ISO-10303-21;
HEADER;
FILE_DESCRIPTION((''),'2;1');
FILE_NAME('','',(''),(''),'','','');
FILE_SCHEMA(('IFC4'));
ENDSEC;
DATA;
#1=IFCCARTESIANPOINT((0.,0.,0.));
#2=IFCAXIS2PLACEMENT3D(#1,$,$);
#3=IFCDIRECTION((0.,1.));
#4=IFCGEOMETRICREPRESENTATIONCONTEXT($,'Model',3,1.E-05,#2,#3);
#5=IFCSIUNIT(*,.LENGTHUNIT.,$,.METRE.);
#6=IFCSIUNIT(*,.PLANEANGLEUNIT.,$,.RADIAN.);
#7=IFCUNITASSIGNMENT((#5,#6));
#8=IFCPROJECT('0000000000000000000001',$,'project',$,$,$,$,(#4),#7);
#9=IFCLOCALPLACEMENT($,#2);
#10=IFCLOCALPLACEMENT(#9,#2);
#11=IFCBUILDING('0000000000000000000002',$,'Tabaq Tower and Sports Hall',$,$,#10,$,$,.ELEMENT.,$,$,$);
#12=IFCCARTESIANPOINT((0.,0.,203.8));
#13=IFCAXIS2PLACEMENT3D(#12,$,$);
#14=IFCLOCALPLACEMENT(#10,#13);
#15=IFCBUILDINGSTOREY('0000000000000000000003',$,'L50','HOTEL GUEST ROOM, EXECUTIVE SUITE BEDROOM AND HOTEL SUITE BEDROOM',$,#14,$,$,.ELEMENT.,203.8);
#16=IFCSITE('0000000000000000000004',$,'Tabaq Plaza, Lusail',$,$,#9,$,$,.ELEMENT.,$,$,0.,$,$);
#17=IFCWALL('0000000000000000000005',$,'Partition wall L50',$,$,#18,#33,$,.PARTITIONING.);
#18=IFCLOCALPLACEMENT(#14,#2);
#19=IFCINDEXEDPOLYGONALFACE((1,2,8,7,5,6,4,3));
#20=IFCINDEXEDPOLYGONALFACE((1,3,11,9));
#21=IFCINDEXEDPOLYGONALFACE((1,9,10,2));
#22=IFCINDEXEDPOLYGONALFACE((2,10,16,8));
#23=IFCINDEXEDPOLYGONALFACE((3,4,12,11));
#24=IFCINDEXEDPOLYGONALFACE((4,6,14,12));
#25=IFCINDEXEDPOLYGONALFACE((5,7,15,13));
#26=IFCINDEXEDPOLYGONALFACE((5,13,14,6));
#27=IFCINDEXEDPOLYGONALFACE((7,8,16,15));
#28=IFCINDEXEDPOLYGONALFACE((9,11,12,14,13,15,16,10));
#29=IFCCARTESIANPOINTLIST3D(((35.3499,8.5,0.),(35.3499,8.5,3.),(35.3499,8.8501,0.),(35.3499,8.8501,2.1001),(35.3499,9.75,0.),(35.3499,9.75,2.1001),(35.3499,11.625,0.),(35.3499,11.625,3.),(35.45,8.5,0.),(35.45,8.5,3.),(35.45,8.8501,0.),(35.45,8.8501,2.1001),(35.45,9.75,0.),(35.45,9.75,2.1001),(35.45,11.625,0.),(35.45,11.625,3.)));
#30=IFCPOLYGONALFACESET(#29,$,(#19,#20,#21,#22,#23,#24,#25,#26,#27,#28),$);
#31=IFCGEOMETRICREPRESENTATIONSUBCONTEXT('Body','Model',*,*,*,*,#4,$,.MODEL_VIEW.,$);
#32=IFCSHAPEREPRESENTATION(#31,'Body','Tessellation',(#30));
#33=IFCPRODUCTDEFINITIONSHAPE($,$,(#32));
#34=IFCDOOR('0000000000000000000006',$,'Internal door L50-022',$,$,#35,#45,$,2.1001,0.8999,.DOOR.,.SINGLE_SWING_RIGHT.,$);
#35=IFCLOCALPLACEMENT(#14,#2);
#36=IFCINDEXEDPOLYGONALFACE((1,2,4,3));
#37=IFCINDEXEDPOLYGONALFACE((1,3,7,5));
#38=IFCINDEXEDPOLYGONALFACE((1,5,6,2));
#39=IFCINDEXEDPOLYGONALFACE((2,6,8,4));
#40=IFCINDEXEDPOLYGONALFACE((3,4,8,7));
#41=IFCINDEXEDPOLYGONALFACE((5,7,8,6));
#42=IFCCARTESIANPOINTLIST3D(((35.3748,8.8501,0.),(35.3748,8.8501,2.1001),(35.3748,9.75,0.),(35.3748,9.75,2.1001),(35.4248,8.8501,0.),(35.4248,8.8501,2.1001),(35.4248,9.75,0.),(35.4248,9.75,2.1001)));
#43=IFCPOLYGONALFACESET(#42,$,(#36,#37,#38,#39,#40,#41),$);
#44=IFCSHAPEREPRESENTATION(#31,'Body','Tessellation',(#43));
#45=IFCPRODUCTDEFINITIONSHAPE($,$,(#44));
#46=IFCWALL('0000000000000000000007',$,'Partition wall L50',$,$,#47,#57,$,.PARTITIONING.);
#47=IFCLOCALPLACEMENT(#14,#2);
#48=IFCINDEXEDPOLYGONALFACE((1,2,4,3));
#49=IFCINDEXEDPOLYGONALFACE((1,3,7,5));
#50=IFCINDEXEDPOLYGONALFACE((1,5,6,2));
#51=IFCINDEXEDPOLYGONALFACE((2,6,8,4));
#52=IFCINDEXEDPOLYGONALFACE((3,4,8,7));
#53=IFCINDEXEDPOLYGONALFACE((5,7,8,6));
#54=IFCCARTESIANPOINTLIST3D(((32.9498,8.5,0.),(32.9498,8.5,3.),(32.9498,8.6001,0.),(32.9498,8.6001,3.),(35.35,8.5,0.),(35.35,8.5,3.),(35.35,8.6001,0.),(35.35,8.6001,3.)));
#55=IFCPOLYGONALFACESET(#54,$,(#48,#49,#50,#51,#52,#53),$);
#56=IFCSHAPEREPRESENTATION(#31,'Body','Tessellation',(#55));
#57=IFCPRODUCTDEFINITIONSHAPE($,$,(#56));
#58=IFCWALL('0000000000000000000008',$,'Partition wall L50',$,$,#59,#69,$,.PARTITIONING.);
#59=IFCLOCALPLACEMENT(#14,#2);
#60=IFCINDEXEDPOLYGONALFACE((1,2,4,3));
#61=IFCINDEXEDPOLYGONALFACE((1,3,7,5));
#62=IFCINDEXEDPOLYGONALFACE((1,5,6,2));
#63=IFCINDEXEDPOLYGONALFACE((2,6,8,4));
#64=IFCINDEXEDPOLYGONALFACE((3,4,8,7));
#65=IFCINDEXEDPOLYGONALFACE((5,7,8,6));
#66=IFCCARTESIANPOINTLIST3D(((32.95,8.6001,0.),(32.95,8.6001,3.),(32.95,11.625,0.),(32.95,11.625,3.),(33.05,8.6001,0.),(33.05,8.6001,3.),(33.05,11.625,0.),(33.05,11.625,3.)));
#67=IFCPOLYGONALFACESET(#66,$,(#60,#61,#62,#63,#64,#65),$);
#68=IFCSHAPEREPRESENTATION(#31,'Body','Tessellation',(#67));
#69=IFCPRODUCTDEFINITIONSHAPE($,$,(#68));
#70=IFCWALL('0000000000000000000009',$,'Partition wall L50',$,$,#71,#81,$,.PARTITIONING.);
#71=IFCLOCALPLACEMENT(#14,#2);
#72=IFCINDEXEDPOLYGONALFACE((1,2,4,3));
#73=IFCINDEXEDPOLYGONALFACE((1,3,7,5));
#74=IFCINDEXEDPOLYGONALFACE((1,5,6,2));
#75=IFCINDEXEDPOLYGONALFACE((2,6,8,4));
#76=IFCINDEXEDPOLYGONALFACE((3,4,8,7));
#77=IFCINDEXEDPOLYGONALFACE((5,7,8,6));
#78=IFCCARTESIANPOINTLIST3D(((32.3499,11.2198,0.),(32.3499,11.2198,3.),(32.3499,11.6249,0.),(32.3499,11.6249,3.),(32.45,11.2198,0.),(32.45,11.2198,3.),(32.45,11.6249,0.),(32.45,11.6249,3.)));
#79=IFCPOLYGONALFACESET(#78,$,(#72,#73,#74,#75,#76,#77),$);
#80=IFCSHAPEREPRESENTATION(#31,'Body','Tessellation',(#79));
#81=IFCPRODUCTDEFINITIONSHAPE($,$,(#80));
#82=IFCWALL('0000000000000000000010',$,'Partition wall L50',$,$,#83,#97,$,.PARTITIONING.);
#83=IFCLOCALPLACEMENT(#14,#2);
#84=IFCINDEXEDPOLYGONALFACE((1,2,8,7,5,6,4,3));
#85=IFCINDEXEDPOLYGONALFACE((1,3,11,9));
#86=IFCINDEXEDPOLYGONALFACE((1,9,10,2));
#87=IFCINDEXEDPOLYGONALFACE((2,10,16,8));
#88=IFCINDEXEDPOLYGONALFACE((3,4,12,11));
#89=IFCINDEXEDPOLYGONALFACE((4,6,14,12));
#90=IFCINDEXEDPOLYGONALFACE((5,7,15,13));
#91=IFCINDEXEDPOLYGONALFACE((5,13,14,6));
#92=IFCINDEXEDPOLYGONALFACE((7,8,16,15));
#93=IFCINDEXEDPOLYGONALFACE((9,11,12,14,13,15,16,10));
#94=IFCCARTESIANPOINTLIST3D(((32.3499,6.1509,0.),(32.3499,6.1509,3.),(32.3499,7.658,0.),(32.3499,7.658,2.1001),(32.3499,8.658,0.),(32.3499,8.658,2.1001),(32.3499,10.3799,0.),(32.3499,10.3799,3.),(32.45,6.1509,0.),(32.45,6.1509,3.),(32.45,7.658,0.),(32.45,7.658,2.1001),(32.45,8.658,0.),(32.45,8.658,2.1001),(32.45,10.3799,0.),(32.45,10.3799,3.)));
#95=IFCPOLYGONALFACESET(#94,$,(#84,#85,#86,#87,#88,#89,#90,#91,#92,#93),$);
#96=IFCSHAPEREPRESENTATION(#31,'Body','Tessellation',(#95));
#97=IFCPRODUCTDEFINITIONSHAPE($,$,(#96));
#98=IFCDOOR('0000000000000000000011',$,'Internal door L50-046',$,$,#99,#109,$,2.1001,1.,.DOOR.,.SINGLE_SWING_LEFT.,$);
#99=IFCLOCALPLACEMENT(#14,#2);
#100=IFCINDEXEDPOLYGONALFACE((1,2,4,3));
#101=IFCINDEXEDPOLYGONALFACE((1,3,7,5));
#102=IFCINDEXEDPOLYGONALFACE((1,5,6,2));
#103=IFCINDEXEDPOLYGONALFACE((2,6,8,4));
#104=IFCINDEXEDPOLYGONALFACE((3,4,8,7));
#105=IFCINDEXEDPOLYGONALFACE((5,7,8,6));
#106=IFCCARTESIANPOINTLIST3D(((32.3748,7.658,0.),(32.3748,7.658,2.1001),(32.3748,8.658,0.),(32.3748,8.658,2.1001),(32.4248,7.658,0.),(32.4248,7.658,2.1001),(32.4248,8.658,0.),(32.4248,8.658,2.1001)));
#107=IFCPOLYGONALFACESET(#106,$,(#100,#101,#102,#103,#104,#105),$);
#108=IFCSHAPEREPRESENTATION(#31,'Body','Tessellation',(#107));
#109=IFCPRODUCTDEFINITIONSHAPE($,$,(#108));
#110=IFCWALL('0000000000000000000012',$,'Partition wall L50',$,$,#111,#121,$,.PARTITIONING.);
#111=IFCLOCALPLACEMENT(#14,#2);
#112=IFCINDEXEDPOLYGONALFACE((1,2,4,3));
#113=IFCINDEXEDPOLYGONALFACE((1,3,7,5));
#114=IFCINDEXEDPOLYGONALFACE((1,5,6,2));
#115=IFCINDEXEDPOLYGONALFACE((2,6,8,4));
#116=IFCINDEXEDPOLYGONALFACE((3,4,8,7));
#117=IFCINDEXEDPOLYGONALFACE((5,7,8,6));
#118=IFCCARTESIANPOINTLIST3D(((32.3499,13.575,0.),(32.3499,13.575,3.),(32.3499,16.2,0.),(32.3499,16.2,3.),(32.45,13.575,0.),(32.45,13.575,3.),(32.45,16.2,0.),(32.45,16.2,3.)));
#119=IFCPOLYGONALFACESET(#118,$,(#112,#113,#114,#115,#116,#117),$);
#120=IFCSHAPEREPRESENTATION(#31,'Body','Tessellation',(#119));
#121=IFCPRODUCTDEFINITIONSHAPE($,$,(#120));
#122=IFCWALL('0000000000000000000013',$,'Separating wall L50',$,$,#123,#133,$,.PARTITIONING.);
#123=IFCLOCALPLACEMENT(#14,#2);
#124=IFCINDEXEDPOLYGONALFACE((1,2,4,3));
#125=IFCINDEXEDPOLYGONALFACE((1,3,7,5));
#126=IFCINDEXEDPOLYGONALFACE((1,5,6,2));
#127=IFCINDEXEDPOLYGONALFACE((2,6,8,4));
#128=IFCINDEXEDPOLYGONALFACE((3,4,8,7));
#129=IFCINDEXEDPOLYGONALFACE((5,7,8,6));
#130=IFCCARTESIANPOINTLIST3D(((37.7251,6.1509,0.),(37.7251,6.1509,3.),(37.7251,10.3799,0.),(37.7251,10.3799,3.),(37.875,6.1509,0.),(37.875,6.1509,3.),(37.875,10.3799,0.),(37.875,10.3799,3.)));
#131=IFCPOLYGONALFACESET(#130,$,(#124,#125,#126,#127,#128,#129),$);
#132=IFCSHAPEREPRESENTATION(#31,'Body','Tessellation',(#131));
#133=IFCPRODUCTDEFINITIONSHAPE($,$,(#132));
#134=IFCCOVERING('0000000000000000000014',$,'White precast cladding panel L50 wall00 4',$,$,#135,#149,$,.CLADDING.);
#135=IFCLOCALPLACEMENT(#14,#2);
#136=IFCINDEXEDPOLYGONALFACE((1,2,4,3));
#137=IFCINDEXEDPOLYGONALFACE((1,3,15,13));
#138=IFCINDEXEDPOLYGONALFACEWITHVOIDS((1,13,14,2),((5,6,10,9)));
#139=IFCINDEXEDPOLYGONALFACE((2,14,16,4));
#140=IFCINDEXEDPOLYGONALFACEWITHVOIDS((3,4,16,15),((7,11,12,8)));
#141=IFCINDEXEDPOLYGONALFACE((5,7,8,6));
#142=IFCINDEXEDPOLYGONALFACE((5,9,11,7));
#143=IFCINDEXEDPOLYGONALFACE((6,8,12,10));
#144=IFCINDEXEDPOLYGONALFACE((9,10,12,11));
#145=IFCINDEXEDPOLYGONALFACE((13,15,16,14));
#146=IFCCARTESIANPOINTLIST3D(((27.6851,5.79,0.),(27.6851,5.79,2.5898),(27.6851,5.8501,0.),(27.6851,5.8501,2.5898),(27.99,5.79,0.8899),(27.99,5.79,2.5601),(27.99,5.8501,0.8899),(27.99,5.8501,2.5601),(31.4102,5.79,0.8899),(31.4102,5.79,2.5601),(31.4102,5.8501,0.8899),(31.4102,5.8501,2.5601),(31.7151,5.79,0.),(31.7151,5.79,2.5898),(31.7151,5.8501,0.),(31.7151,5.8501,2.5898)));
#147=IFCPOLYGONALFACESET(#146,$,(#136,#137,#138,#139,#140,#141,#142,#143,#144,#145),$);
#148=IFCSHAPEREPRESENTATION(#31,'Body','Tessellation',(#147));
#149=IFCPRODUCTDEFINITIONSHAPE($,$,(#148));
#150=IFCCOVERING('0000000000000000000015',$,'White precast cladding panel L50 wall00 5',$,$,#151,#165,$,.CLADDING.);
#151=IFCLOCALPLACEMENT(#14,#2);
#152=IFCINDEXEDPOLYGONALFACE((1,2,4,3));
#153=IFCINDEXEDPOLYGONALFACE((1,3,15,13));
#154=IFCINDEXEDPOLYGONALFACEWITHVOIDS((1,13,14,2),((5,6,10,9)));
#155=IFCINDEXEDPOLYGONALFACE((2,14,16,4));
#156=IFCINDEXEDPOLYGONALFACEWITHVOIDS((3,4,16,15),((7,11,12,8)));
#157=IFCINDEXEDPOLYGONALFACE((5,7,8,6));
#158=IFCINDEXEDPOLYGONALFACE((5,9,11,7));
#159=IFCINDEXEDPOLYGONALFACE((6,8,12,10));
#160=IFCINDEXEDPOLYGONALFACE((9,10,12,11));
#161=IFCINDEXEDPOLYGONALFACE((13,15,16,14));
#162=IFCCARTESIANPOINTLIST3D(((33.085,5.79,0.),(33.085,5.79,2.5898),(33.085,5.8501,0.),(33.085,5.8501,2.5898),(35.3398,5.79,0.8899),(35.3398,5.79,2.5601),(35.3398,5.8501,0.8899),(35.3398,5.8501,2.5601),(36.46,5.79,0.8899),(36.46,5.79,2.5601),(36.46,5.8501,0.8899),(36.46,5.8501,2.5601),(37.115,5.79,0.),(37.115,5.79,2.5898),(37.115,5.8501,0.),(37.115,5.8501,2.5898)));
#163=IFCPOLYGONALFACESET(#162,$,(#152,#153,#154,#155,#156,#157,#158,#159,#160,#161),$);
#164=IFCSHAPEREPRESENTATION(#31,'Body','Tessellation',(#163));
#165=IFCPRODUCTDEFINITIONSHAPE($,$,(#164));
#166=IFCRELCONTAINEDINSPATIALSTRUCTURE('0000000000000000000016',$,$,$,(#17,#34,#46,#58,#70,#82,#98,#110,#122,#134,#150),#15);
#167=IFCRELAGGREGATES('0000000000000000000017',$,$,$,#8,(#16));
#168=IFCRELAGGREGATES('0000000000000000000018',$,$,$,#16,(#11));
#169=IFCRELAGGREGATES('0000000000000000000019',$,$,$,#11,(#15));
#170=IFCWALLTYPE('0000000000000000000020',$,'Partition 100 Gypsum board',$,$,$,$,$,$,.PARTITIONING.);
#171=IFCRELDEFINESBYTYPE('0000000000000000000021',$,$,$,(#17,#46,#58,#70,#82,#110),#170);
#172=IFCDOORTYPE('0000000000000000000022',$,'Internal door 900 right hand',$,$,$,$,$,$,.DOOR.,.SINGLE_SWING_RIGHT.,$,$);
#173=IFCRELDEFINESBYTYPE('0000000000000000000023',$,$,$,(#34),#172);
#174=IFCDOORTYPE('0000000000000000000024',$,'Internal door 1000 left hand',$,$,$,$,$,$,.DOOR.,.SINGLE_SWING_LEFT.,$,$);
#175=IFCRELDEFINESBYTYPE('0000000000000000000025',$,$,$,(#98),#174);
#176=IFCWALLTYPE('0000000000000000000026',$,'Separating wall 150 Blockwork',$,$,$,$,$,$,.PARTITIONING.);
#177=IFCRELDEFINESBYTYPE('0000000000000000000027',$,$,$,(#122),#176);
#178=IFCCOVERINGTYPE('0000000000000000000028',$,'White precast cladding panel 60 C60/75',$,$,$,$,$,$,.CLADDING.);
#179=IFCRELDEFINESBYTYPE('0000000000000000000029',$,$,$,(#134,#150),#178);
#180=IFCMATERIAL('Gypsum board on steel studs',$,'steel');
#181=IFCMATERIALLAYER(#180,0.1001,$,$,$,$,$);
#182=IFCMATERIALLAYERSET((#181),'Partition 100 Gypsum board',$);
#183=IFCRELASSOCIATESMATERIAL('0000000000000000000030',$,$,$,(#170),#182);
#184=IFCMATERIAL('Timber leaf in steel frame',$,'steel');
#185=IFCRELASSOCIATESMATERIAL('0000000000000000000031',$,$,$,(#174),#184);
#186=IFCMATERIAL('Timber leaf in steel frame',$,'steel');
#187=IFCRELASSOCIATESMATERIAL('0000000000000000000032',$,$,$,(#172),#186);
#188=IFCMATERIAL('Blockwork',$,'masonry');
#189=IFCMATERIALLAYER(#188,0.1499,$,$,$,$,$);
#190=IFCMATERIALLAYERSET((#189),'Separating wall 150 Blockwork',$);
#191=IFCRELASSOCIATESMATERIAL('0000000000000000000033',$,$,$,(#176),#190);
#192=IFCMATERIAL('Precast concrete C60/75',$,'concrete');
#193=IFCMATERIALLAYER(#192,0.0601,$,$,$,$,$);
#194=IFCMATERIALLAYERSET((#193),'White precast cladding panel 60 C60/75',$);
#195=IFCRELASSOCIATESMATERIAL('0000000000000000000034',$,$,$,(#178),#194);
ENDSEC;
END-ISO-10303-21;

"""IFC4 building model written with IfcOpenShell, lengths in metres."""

from ifc_helpers import new_model, si_unit, direction, frame, frame_2d, origin, place, context, subcontext, project, spatial, polyline, rectangle, outline, extrude, material, layer, layer_set, type_object, element, fill, save


model = new_model("IFC4")

# Units and contexts
model_context = context("Model", 3, precision=1e-05, world=origin(), true_north=direction((0.0, 1.0)))
body_context = subcontext(model_context, "Body", "Model", "MODEL_VIEW")
ifc_project = project(units=[si_unit("LENGTHUNIT", "METRE"), si_unit("PLANEANGLEUNIT", "RADIAN")], contexts=[model_context])

# Site, building, storey
site_placement = place(None, origin())
site = spatial("IfcSite", under=ifc_project, at=site_placement, Name="Tabaq Plaza, Lusail", CompositionType="ELEMENT", RefElevation=0.0)
building_placement = place(site_placement, origin())
building = spatial("IfcBuilding", under=site, at=building_placement, Name="Tabaq Tower and Sports Hall", CompositionType="ELEMENT")
storey_placement = place(building_placement, frame((0.0, 0.0, 203.8)))
storey = spatial("IfcBuildingStorey", under=building, at=storey_placement, Name="L50", Description="HOTEL GUEST ROOM, EXECUTIVE SUITE BEDROOM AND HOTEL SUITE BEDROOM", CompositionType="ELEMENT", Elevation=203.8)

# Shared definitions
ifc_material_1 = material(Name="Gypsum board on steel studs", Category="steel")
ifc_layer_1 = layer(ifc_material_1, 0.1001)
ifc_layer_set_1 = layer_set([ifc_layer_1], Name="Partition 100 Gypsum board")
wall_type_1 = type_object("IfcWallType", Name="Partition 100 Gypsum board", PredefinedType="PARTITIONING", material=ifc_layer_set_1)
ifc_material_2 = material(Name="Timber leaf in steel frame", Category="steel")
door_type_1 = type_object("IfcDoorType", Name="Internal door 1000 left hand", OperationType="SINGLE_SWING_LEFT", PredefinedType="DOOR", material=ifc_material_2)

# Wall, opening, door
wall_1_placement = place(storey_placement, frame((35.3999, 11.625, 0.0), z_axis=(0.0, 0.0, 1.0), x_axis=(0.0, -1.0, 0.0)))
wall_1 = element("IfcWall", 1, at=wall_1_placement, inside=storey, type_object=wall_type_1, Name="Partition wall L50", PredefinedType="PARTITIONING", context=body_context, shape_type="SweptSolid", body=[
    extrude(rectangle(XDim=3.125, YDim=0.1001, at=frame_2d((1.5625, 0.0))), origin(), (0.0, 0.0, 1.0), 3.0),
])
opening_1_placement = place(wall_1_placement, frame((1.875, 0.0, 0.0)))
opening_1 = element("IfcOpeningElement", 2, at=opening_1_placement, cuts=wall_1, PredefinedType="OPENING", context=body_context, shape_type="SweptSolid", body=[
    extrude(rectangle(XDim=0.8999, YDim=2.1001, at=frame_2d((0.45, 1.05))), frame((0.0, 0.05, 0.0), z_axis=(0.0, -1.0, 0.0), x_axis=(1.0, 0.0, 0.0)), (0.0, 0.0, 1.0), 0.1001),
])
ifc_material_3 = material(Name="Timber leaf in steel frame", Category="steel")
door_type_2 = type_object("IfcDoorType", Name="Internal door 900 right hand", OperationType="SINGLE_SWING_RIGHT", PredefinedType="DOOR", material=ifc_material_3)
door_1_placement = place(opening_1_placement, origin())
door_1 = element("IfcDoor", 3, at=door_1_placement, inside=storey, type_object=door_type_2, Name="Internal door L50-022", OperationType="SINGLE_SWING_RIGHT", OverallHeight=2.1001, OverallWidth=0.8999, PredefinedType="DOOR", context=body_context, shape_type="SweptSolid", body=[
    extrude(rectangle(XDim=0.8999, YDim=2.1001, at=frame_2d((0.45, 1.05))), frame((0.0, 0.0249, 0.0), z_axis=(0.0, -1.0, 0.0), x_axis=(1.0, 0.0, 0.0)), (0.0, 0.0, 1.0), 0.05),
])
fill(opening_1, door_1)

# Walls
wall_2_placement = place(storey_placement, frame((35.3501, 8.55, 0.0), z_axis=(0.0, 0.0, 1.0), x_axis=(-1.0, 0.0, 0.0)))
element("IfcWall", 4, at=wall_2_placement, inside=storey, type_object=wall_type_1, Name="Partition wall L50", PredefinedType="PARTITIONING", context=body_context, shape_type="SweptSolid", body=[
    extrude(rectangle(XDim=2.4001, YDim=0.1001, at=frame_2d((1.2002, 0.0))), origin(), (0.0, 0.0, 1.0), 3.0),
])
wall_3_placement = place(storey_placement, frame((33.0, 8.6001, 0.0), z_axis=(0.0, 0.0, 1.0), x_axis=(0.0, 1.0, 0.0)))
element("IfcWall", 5, at=wall_3_placement, inside=storey, type_object=wall_type_1, Name="Partition wall L50", PredefinedType="PARTITIONING", context=body_context, shape_type="SweptSolid", body=[
    extrude(rectangle(XDim=3.0249, YDim=0.1001, at=frame_2d((1.5125, 0.0))), origin(), (0.0, 0.0, 1.0), 3.0),
])
wall_4_placement = place(storey_placement, frame((32.3999, 11.625, 0.0), z_axis=(0.0, 0.0, 1.0), x_axis=(0.0, -1.0, 0.0)))
element("IfcWall", 6, at=wall_4_placement, inside=storey, type_object=wall_type_1, Name="Partition wall L50", PredefinedType="PARTITIONING", context=body_context, shape_type="SweptSolid", body=[
    extrude(rectangle(XDim=0.405, YDim=0.1001, at=frame_2d((0.2026, 0.0))), origin(), (0.0, 0.0, 1.0), 3.0),
])

# Wall, opening, door
wall_5_placement = place(storey_placement, frame((32.3999, 10.3799, 0.0), z_axis=(0.0, 0.0, 1.0), x_axis=(0.0, -1.0, 0.0)))
wall_5 = element("IfcWall", 7, at=wall_5_placement, inside=storey, type_object=wall_type_1, Name="Partition wall L50", PredefinedType="PARTITIONING", context=body_context, shape_type="SweptSolid", body=[
    extrude(rectangle(XDim=4.229, YDim=0.1001, at=frame_2d((2.1145, 0.0))), origin(), (0.0, 0.0, 1.0), 3.0),
])
opening_2_placement = place(wall_5_placement, frame((1.7219, 0.0, 0.0)))
opening_2 = element("IfcOpeningElement", 8, at=opening_2_placement, cuts=wall_5, PredefinedType="OPENING", context=body_context, shape_type="SweptSolid", body=[
    extrude(rectangle(XDim=1.0, YDim=2.1001, at=frame_2d((0.5, 1.05))), frame((0.0, 0.05, 0.0), z_axis=(0.0, -1.0, 0.0), x_axis=(1.0, 0.0, 0.0)), (0.0, 0.0, 1.0), 0.1001),
])
door_2_placement = place(opening_2_placement, origin())
door_2 = element("IfcDoor", 9, at=door_2_placement, inside=storey, type_object=door_type_1, Name="Internal door L50-046", OperationType="SINGLE_SWING_LEFT", OverallHeight=2.1001, OverallWidth=1.0, PredefinedType="DOOR", context=body_context, shape_type="SweptSolid", body=[
    extrude(rectangle(XDim=1.0, YDim=2.1001, at=frame_2d((0.5, 1.05))), frame((0.0, 0.0249, 0.0), z_axis=(0.0, -1.0, 0.0), x_axis=(1.0, 0.0, 0.0)), (0.0, 0.0, 1.0), 0.05),
])
fill(opening_2, door_2)

# Walls
wall_6_placement = place(storey_placement, frame((32.3999, 13.575, 0.0), z_axis=(0.0, 0.0, 1.0), x_axis=(0.0, 1.0, 0.0)))
element("IfcWall", 10, at=wall_6_placement, inside=storey, type_object=wall_type_1, Name="Partition wall L50", PredefinedType="PARTITIONING", context=body_context, shape_type="SweptSolid", body=[
    extrude(rectangle(XDim=2.625, YDim=0.1001, at=frame_2d((1.3125, 0.0))), origin(), (0.0, 0.0, 1.0), 3.0),
])
ifc_material_4 = material(Name="Blockwork", Category="masonry")
ifc_layer_2 = layer(ifc_material_4, 0.1499)
ifc_layer_set_2 = layer_set([ifc_layer_2], Name="Separating wall 150 Blockwork")
wall_type_2 = type_object("IfcWallType", Name="Separating wall 150 Blockwork", PredefinedType="PARTITIONING", material=ifc_layer_set_2)
wall_7_placement = place(storey_placement, frame((37.8, 6.1509, 0.0), z_axis=(0.0, 0.0, 1.0), x_axis=(0.0, 1.0, 0.0)))
element("IfcWall", 11, at=wall_7_placement, inside=storey, type_object=wall_type_2, Name="Separating wall L50", PredefinedType="PARTITIONING", context=body_context, shape_type="SweptSolid", body=[
    extrude(rectangle(XDim=4.229, YDim=0.1499, at=frame_2d((2.1145, 0.0))), origin(), (0.0, 0.0, 1.0), 3.0),
])

# Coverings
ifc_material_5 = material(Name="Precast concrete C60/75", Category="concrete")
ifc_layer_3 = layer(ifc_material_5, 0.0601)
ifc_layer_set_3 = layer_set([ifc_layer_3], Name="White precast cladding panel 60 C60/75")
covering_type = type_object("IfcCoveringType", Name="White precast cladding panel 60 C60/75", PredefinedType="CLADDING", material=ifc_layer_set_3)
covering_1_placement = place(storey_placement, frame((27.6851, 5.8201, 0.0), z_axis=(0.0, 0.0, 1.0), x_axis=(1.0, 0.0, 0.0)))
element("IfcCovering", 12, at=covering_1_placement, inside=storey, type_object=covering_type, Name="White precast cladding panel L50 wall00 4", PredefinedType="CLADDING", context=body_context, shape_type="SweptSolid", body=[
    extrude(outline(polyline([(0.0, 0.0), (4.03, 0.0), (4.03, 2.5898), (0.0, 2.5898), (0.0, 0.0)]), holes=[polyline([(3.7251, 0.8899), (0.3049, 0.8899), (0.3049, 2.5601), (3.7251, 2.5601), (3.7251, 0.8899)])]), frame((0.0, 0.03, 0.0), z_axis=(0.0, -1.0, 0.0), x_axis=(1.0, 0.0, 0.0)), (0.0, 0.0, 1.0), 0.0601),
])
covering_2_placement = place(storey_placement, frame((33.085, 5.8201, 0.0), z_axis=(0.0, 0.0, 1.0), x_axis=(1.0, 0.0, 0.0)))
element("IfcCovering", 13, at=covering_2_placement, inside=storey, type_object=covering_type, Name="White precast cladding panel L50 wall00 5", PredefinedType="CLADDING", context=body_context, shape_type="SweptSolid", body=[
    extrude(outline(polyline([(0.0, 0.0), (4.03, 0.0), (4.03, 2.5898), (0.0, 2.5898), (0.0, 0.0)]), holes=[polyline([(3.375, 0.8899), (2.2549, 0.8899), (2.2549, 2.5601), (3.375, 2.5601), (3.375, 0.8899)])]), frame((0.0, 0.03, 0.0), z_axis=(0.0, -1.0, 0.0), x_axis=(1.0, 0.0, 0.0)), (0.0, 0.0, 1.0), 0.0601),
])

save(model, "model.ifc")
